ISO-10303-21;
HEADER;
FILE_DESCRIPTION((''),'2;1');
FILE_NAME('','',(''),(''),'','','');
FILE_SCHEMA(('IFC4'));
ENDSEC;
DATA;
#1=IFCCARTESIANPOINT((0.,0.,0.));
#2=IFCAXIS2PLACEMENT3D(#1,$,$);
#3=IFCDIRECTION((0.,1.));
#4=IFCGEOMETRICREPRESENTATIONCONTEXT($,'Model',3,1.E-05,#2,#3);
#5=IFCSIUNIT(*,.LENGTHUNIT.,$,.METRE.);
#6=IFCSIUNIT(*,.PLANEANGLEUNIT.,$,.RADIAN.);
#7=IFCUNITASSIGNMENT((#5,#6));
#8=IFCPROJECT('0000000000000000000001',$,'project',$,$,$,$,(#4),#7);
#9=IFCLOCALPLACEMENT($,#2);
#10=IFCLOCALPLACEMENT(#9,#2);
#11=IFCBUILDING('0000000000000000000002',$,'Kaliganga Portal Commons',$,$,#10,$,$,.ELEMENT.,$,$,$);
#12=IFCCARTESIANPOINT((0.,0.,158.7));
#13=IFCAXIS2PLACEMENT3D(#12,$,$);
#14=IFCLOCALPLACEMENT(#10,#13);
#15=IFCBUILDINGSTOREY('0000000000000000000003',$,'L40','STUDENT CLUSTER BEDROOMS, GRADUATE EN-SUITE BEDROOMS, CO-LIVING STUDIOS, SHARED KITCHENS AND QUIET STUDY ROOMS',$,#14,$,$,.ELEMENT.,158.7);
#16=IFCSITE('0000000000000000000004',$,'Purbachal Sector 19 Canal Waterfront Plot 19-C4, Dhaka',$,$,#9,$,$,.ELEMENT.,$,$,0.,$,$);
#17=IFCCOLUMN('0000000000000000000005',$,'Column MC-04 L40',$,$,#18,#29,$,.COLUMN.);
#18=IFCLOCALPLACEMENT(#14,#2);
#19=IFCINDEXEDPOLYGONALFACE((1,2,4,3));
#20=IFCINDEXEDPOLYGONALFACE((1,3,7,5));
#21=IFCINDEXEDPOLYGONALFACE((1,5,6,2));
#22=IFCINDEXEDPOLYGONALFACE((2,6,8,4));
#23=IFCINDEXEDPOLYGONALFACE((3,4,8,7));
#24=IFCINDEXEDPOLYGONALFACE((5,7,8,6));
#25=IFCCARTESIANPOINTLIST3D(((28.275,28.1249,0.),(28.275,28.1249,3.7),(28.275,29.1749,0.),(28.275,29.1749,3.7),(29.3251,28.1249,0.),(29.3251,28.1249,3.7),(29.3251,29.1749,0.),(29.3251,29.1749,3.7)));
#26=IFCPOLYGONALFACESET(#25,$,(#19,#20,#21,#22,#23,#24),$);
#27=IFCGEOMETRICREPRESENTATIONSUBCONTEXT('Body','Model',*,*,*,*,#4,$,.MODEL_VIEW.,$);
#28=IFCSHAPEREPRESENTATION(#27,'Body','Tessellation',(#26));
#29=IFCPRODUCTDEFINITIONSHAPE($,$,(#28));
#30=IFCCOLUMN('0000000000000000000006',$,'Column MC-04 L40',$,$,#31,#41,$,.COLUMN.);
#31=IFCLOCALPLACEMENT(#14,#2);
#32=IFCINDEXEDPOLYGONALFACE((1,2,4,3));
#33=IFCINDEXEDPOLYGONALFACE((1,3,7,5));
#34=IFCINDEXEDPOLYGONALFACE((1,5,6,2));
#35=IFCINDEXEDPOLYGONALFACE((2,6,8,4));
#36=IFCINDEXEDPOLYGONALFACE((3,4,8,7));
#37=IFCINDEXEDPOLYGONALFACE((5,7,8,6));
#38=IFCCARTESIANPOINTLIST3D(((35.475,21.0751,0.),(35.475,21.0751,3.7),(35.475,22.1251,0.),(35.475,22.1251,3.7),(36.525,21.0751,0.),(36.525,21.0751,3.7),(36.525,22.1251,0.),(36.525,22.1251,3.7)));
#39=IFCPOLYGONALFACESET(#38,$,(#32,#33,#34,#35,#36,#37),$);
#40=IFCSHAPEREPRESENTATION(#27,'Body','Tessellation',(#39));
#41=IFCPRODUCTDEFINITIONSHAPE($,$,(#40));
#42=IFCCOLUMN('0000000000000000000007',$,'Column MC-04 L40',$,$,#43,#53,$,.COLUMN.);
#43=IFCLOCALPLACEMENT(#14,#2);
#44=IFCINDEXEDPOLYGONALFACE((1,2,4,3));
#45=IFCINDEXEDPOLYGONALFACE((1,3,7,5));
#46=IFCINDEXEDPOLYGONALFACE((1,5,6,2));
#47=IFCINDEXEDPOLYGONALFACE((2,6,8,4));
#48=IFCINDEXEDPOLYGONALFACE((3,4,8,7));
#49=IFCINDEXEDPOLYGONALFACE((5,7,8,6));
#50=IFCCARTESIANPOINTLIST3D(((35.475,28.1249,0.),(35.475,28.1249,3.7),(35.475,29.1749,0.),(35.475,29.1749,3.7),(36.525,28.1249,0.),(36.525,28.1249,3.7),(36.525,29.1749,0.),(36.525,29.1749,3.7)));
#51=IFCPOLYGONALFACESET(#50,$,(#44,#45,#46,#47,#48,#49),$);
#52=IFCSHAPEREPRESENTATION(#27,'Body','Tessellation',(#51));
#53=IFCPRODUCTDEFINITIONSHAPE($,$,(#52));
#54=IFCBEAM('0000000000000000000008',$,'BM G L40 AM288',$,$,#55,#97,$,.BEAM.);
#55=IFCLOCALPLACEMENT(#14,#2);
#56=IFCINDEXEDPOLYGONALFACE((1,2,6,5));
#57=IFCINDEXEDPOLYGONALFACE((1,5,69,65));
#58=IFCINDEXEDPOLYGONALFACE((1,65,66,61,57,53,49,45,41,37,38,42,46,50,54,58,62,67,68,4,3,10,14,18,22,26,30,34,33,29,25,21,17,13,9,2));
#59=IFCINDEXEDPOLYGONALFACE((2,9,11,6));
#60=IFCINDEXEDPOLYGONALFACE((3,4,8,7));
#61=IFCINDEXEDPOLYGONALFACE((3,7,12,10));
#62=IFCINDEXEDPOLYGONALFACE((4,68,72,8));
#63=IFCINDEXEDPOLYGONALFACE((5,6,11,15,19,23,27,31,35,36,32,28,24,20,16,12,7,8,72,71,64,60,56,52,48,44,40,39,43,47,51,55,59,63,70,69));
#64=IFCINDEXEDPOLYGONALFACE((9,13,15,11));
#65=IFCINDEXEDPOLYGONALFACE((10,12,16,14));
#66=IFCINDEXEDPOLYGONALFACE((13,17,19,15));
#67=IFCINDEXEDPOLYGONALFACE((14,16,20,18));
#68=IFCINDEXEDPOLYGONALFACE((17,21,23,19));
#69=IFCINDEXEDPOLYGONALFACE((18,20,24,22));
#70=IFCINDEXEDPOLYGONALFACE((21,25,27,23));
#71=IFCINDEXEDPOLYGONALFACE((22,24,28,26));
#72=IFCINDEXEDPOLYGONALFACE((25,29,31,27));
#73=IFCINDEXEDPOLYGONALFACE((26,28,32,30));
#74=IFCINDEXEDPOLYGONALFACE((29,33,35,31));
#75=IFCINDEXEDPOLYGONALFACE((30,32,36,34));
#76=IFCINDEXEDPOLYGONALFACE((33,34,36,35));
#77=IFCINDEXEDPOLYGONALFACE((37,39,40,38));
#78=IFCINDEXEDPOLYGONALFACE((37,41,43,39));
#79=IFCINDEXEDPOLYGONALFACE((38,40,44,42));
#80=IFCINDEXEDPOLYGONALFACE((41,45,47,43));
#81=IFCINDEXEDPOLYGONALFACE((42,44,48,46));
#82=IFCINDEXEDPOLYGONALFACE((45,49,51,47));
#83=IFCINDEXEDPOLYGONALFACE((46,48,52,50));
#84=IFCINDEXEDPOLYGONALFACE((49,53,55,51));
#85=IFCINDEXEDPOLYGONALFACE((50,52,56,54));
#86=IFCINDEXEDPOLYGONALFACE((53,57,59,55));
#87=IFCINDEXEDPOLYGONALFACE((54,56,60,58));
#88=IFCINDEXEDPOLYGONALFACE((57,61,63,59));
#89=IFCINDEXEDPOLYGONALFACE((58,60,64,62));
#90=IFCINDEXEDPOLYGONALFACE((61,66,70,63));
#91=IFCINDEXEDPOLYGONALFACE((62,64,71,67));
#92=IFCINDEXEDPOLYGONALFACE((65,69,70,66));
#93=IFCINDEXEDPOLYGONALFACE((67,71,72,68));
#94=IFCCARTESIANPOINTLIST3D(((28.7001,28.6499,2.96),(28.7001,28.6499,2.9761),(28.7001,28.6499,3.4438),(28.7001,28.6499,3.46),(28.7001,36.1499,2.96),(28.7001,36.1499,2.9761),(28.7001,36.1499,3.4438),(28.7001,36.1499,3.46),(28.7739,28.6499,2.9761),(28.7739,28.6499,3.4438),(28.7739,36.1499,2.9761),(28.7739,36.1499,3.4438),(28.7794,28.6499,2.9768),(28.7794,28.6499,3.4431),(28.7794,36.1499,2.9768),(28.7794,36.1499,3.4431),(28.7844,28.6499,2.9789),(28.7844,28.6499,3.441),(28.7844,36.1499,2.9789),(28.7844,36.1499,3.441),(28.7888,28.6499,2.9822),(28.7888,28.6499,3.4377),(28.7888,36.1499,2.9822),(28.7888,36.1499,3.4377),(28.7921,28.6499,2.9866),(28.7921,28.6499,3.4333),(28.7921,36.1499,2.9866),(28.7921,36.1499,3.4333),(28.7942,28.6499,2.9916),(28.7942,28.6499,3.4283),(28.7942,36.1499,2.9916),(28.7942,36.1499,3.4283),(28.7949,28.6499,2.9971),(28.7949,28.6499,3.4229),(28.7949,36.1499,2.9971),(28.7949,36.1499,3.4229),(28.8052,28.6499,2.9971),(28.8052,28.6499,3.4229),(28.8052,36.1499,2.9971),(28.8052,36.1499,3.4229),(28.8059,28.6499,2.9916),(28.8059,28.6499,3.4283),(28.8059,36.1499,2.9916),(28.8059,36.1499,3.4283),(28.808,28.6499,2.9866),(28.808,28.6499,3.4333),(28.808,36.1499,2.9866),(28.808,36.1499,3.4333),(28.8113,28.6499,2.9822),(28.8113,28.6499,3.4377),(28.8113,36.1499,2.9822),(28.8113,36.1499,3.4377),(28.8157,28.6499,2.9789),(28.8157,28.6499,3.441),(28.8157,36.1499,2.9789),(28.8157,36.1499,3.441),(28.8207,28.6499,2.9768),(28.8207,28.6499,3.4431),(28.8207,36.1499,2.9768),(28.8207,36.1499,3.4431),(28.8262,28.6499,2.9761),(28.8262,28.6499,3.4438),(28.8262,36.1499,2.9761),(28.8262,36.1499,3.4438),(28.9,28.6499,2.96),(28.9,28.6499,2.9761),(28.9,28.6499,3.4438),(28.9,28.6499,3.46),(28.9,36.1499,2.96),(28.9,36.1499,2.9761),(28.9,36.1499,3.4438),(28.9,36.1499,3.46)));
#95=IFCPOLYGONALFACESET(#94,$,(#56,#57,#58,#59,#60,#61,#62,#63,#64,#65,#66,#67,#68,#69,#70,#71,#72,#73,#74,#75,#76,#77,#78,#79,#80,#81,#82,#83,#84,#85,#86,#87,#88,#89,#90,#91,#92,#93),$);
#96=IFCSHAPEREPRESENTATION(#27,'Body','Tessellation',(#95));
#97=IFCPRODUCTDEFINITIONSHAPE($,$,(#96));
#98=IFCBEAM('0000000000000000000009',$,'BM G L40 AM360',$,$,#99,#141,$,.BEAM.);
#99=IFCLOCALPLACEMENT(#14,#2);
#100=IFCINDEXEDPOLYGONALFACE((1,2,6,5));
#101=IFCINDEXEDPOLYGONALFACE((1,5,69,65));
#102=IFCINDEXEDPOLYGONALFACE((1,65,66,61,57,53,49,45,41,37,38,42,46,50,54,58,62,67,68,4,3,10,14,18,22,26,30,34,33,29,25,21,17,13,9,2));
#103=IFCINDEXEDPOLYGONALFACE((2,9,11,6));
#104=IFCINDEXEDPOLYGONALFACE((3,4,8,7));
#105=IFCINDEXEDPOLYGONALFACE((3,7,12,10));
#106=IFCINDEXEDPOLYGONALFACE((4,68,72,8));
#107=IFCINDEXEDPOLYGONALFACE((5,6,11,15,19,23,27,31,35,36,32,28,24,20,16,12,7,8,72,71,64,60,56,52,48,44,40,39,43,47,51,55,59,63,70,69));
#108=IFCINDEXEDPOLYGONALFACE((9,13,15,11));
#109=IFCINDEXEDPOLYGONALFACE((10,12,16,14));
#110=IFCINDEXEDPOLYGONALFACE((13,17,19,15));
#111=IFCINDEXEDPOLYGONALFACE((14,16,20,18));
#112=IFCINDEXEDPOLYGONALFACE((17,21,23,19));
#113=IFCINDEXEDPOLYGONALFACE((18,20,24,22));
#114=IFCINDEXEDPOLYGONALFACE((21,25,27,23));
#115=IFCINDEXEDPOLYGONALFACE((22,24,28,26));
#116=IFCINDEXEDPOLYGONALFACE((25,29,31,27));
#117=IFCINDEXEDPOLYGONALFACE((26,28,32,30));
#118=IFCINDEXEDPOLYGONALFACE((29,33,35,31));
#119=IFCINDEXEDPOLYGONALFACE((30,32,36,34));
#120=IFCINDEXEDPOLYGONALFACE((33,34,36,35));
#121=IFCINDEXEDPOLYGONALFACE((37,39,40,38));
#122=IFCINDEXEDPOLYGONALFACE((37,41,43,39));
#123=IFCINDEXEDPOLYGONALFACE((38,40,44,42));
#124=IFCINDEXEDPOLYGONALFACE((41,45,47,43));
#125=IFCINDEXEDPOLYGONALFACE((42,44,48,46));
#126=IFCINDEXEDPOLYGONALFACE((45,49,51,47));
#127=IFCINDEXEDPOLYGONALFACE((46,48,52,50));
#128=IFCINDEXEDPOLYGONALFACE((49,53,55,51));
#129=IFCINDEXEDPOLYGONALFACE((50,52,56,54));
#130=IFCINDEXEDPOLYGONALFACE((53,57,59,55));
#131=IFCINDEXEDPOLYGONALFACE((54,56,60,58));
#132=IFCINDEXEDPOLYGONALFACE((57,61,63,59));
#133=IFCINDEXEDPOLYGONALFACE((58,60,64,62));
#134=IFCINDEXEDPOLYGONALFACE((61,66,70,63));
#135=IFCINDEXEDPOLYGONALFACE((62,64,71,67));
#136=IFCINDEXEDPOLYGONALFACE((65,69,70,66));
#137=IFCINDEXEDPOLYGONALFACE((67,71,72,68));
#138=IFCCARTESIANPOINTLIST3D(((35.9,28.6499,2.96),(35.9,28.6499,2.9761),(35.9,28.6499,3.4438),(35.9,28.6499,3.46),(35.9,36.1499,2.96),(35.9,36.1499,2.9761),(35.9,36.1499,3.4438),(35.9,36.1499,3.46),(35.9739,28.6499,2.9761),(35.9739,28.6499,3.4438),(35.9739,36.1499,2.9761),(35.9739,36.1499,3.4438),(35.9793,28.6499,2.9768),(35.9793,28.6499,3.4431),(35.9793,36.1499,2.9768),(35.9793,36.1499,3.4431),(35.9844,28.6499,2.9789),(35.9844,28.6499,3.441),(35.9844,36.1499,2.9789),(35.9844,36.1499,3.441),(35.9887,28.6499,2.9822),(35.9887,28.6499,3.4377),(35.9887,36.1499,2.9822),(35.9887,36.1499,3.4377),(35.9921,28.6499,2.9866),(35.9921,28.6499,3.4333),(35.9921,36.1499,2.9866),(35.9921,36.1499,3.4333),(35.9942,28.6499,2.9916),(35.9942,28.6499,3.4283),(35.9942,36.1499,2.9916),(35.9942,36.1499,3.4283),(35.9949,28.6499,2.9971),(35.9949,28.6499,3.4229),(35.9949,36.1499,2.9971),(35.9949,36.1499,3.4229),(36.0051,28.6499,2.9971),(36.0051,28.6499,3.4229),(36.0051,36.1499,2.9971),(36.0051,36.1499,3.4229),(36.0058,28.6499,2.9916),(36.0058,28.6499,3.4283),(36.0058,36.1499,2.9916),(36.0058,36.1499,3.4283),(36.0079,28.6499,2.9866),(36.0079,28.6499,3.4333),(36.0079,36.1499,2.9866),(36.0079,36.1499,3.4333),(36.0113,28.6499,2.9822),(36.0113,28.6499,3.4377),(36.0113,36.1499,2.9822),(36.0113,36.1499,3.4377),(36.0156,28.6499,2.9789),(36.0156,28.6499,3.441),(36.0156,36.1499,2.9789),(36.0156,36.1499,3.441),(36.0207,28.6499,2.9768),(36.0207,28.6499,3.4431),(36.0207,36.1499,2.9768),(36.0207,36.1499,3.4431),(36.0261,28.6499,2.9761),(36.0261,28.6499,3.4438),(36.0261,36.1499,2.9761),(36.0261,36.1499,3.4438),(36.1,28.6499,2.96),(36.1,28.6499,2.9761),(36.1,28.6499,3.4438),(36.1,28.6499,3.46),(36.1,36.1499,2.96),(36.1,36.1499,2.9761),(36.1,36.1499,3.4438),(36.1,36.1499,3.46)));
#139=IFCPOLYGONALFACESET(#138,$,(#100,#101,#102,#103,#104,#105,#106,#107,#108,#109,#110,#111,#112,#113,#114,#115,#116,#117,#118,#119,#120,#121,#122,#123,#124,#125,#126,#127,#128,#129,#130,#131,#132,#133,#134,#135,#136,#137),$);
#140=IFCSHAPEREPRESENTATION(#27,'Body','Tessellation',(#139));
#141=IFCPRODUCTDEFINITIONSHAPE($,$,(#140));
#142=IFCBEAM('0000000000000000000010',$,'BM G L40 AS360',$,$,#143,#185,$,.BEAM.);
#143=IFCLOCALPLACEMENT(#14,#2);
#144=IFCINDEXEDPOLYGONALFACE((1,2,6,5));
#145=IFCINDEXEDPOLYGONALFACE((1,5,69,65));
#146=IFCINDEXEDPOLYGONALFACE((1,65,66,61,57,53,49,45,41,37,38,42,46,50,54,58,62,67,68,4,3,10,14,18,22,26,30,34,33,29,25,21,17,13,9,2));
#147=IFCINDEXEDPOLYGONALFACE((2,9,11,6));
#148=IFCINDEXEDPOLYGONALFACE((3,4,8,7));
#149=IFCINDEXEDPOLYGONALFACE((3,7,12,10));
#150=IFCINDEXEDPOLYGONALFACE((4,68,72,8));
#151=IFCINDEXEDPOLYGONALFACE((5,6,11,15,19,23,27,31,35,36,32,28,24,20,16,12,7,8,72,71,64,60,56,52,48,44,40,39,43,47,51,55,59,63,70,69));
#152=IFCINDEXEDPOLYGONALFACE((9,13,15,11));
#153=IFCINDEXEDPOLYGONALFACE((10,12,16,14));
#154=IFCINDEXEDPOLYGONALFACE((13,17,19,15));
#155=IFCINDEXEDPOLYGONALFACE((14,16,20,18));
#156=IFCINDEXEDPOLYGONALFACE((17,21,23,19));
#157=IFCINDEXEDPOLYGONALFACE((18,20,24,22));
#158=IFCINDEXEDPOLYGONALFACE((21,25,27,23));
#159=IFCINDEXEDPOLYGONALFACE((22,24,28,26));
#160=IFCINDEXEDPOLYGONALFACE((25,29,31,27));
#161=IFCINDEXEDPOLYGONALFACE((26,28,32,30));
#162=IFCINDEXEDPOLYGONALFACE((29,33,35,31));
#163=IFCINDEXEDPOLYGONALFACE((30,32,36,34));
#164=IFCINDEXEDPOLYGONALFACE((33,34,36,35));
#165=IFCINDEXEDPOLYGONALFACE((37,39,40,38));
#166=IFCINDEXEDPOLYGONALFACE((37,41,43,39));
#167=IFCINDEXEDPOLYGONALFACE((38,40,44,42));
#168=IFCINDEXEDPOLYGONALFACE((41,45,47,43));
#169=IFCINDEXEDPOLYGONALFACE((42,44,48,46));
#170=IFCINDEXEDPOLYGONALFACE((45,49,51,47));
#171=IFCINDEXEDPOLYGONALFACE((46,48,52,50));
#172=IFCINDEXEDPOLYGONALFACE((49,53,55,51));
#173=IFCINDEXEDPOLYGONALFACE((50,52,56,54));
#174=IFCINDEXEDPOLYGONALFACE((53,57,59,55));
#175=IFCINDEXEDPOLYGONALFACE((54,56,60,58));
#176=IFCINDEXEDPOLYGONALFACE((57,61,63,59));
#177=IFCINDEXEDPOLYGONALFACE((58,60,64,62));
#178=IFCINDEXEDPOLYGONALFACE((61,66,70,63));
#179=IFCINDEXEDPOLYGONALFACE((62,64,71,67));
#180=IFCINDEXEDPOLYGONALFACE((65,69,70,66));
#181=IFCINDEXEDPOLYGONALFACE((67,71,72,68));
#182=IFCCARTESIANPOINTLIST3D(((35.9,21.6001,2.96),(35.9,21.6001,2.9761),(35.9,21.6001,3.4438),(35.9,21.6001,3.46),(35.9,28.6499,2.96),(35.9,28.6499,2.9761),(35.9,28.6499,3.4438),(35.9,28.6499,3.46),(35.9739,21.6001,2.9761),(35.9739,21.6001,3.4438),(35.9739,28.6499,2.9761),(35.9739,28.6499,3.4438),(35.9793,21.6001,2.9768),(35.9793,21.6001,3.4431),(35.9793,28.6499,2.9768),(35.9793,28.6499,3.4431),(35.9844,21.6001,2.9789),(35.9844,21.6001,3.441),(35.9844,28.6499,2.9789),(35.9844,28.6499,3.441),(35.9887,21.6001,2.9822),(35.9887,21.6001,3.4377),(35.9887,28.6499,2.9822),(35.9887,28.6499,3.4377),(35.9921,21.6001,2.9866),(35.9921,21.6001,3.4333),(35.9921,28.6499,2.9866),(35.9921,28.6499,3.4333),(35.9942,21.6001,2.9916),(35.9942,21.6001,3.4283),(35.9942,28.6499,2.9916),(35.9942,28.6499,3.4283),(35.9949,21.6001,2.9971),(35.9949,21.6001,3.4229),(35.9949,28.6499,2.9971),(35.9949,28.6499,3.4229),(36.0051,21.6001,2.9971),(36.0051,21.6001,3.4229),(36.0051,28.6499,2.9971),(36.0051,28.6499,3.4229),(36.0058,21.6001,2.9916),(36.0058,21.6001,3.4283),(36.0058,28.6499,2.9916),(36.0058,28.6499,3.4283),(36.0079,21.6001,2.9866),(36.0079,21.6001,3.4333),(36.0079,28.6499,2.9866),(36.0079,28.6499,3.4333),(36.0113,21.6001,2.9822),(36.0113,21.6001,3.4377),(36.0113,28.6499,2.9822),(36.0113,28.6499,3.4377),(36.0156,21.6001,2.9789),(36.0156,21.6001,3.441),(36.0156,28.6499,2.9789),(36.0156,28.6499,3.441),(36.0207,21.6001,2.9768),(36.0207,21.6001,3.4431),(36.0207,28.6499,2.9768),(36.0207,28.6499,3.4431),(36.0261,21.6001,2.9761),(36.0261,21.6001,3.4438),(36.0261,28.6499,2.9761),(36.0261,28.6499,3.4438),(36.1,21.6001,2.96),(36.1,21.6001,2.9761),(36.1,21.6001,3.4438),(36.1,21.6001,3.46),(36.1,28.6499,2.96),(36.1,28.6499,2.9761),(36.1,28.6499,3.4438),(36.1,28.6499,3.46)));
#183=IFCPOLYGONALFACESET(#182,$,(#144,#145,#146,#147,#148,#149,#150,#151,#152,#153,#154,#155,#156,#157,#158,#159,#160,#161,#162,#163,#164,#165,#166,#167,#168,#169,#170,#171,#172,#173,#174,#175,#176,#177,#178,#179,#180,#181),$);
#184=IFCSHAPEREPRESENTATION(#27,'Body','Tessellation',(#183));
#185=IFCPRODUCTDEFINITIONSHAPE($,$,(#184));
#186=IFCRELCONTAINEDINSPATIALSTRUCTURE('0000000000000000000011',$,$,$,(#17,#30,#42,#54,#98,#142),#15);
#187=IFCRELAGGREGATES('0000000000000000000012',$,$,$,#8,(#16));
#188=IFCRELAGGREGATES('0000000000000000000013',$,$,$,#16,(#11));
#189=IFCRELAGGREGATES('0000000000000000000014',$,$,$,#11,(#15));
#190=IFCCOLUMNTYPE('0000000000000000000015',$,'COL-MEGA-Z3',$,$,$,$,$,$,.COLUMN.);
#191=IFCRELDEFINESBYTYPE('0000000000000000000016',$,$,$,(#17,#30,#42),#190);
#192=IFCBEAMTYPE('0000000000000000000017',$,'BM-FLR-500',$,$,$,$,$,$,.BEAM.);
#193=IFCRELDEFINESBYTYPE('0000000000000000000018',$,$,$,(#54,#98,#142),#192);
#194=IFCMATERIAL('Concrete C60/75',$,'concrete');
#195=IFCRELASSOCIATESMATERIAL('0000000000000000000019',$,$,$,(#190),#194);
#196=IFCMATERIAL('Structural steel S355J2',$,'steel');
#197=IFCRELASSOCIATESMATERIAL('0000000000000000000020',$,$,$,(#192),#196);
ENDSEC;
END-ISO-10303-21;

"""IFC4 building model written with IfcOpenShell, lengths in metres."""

from ifc_helpers import new_model, si_unit, direction, frame, origin, origin_2d, place, context, subcontext, project, spatial, rectangle, i_section, extrude, source, transform, mapped, material, material_profile, profile_set, type_object, element, save


model = new_model("IFC4")

# Units and contexts
model_context = context("Model", 3, precision=1e-05, world=origin(), true_north=direction((0.0, 1.0)))
body_context = subcontext(model_context, "Body", "Model", "MODEL_VIEW")
ifc_project = project(units=[si_unit("LENGTHUNIT", "METRE"), si_unit("PLANEANGLEUNIT", "RADIAN")], contexts=[model_context])

# Site, building, storey
site_placement = place(None, origin())
site = spatial("IfcSite", under=ifc_project, at=site_placement, Name="Purbachal Sector 19 Canal Waterfront Plot 19-C4, Dhaka", CompositionType="ELEMENT", RefElevation=0.0)
building_placement = place(site_placement, origin())
building = spatial("IfcBuilding", under=site, at=building_placement, Name="Kaliganga Portal Commons", CompositionType="ELEMENT")
storey_placement = place(building_placement, frame((0.0, 0.0, 158.7)))
storey = spatial("IfcBuildingStorey", under=building, at=storey_placement, Name="L40", Description="STUDENT CLUSTER BEDROOMS, GRADUATE EN-SUITE BEDROOMS, CO-LIVING STUDIOS, SHARED KITCHENS AND QUIET STUDY ROOMS", CompositionType="ELEMENT", Elevation=158.7)

# Columns
ifc_material_1 = material(Name="Concrete C60/75", Category="concrete")
ifc_material_profile_1 = material_profile(ifc_material_1, rectangle(XDim=1.05, YDim=1.05, at=origin_2d()), Name="RC 1050x1050")
ifc_profile_set_1 = profile_set([ifc_material_profile_1], Name="Concrete C60/75")
column_type = type_object("IfcColumnType", Name="COL-MEGA-Z3", PredefinedType="COLUMN", material=ifc_profile_set_1)
shared_shape_1 = source(origin(), body_context, "Body", "SweptSolid", [
    extrude(rectangle(XDim=1.05, YDim=1.05, at=origin_2d()), origin(), (0.0, 0.0, 1.0), 3.7),
])
for number, where, z_axis, x_axis, name in (
    (1, (28.8, 28.6499, 0.0), (0.0, 0.0, 1.0), (1.0, 0.0, 0.0), "Column MC-04 L40"),
    (2, (36.0, 21.6001, 0.0), (0.0, 0.0, 1.0), (1.0, 0.0, 0.0), "Column MC-04 L40"),
    (3, (36.0, 28.6499, 0.0), (0.0, 0.0, 1.0), (1.0, 0.0, 0.0), "Column MC-04 L40"),
):
    element("IfcColumn", number, at=place(storey_placement, frame(where, z_axis=z_axis, x_axis=x_axis)), inside=storey, type_object=column_type, Name=name, PredefinedType="COLUMN", context=body_context, shape_type="MappedRepresentation", body=[
        mapped(shared_shape_1, transform((0.0, 0.0, 0.0), x_axis=(1.0, 0.0, 0.0), y_axis=(0.0, 1.0, 0.0), z_axis=(0.0, 0.0, 1.0), scale=1.0)),
    ])

# Beams
ifc_material_2 = material(Name="Structural steel S355J2", Category="steel")
ifc_material_profile_2 = material_profile(ifc_material_2, i_section(OverallWidth=0.2, OverallDepth=0.5, WebThickness=0.0103, FlangeThickness=0.0161, FilletRadius=0.021, at=origin_2d()), Name="IPE 500")
ifc_profile_set_2 = profile_set([ifc_material_profile_2], Name="Structural steel S355J2 wide-flange")
beam_type_1 = type_object("IfcBeamType", Name="BM-FLR-500", PredefinedType="BEAM", material=ifc_profile_set_2)
shared_shape_2 = source(origin(), body_context, "Body", "SweptSolid", [
    extrude(i_section(OverallWidth=0.2, OverallDepth=0.5, WebThickness=0.0103, FlangeThickness=0.0161, FilletRadius=0.021, at=origin_2d()), origin(), (0.0, 0.0, 1.0), 7.5),
])
for number, where, z_axis, x_axis, name in (
    (4, (28.8, 28.6499, 3.21), (0.0, 1.0, 0.0), (-1.0, 0.0, 0.0), "BM G L40 AM288"),
    (5, (36.0, 28.6499, 3.21), (0.0, 1.0, 0.0), (-1.0, 0.0, 0.0), "BM G L40 AM360"),
):
    element("IfcBeam", number, at=place(storey_placement, frame(where, z_axis=z_axis, x_axis=x_axis)), inside=storey, type_object=beam_type_1, Name=name, PredefinedType="BEAM", context=body_context, shape_type="MappedRepresentation", body=[
        mapped(shared_shape_2, transform((0.0, 0.0, 0.0), x_axis=(1.0, 0.0, 0.0), y_axis=(0.0, 1.0, 0.0), z_axis=(0.0, 0.0, 1.0), scale=1.0)),
    ])
shared_shape_3 = source(origin(), body_context, "Body", "SweptSolid", [
    extrude(i_section(OverallWidth=0.2, OverallDepth=0.5, WebThickness=0.0103, FlangeThickness=0.0161, FilletRadius=0.021, at=origin_2d()), origin(), (0.0, 0.0, 1.0), 7.0498),
])
beam_1_placement = place(storey_placement, frame((36.0, 21.6001, 3.21), z_axis=(0.0, 1.0, 0.0), x_axis=(-1.0, 0.0, 0.0)))
element("IfcBeam", 6, at=beam_1_placement, inside=storey, type_object=beam_type_1, Name="BM G L40 AS360", PredefinedType="BEAM", context=body_context, shape_type="MappedRepresentation", body=[
    mapped(shared_shape_3, transform((0.0, 0.0, 0.0), x_axis=(1.0, 0.0, 0.0), y_axis=(0.0, 1.0, 0.0), z_axis=(0.0, 0.0, 1.0), scale=1.0)),
])

save(model, "model.ifc")
